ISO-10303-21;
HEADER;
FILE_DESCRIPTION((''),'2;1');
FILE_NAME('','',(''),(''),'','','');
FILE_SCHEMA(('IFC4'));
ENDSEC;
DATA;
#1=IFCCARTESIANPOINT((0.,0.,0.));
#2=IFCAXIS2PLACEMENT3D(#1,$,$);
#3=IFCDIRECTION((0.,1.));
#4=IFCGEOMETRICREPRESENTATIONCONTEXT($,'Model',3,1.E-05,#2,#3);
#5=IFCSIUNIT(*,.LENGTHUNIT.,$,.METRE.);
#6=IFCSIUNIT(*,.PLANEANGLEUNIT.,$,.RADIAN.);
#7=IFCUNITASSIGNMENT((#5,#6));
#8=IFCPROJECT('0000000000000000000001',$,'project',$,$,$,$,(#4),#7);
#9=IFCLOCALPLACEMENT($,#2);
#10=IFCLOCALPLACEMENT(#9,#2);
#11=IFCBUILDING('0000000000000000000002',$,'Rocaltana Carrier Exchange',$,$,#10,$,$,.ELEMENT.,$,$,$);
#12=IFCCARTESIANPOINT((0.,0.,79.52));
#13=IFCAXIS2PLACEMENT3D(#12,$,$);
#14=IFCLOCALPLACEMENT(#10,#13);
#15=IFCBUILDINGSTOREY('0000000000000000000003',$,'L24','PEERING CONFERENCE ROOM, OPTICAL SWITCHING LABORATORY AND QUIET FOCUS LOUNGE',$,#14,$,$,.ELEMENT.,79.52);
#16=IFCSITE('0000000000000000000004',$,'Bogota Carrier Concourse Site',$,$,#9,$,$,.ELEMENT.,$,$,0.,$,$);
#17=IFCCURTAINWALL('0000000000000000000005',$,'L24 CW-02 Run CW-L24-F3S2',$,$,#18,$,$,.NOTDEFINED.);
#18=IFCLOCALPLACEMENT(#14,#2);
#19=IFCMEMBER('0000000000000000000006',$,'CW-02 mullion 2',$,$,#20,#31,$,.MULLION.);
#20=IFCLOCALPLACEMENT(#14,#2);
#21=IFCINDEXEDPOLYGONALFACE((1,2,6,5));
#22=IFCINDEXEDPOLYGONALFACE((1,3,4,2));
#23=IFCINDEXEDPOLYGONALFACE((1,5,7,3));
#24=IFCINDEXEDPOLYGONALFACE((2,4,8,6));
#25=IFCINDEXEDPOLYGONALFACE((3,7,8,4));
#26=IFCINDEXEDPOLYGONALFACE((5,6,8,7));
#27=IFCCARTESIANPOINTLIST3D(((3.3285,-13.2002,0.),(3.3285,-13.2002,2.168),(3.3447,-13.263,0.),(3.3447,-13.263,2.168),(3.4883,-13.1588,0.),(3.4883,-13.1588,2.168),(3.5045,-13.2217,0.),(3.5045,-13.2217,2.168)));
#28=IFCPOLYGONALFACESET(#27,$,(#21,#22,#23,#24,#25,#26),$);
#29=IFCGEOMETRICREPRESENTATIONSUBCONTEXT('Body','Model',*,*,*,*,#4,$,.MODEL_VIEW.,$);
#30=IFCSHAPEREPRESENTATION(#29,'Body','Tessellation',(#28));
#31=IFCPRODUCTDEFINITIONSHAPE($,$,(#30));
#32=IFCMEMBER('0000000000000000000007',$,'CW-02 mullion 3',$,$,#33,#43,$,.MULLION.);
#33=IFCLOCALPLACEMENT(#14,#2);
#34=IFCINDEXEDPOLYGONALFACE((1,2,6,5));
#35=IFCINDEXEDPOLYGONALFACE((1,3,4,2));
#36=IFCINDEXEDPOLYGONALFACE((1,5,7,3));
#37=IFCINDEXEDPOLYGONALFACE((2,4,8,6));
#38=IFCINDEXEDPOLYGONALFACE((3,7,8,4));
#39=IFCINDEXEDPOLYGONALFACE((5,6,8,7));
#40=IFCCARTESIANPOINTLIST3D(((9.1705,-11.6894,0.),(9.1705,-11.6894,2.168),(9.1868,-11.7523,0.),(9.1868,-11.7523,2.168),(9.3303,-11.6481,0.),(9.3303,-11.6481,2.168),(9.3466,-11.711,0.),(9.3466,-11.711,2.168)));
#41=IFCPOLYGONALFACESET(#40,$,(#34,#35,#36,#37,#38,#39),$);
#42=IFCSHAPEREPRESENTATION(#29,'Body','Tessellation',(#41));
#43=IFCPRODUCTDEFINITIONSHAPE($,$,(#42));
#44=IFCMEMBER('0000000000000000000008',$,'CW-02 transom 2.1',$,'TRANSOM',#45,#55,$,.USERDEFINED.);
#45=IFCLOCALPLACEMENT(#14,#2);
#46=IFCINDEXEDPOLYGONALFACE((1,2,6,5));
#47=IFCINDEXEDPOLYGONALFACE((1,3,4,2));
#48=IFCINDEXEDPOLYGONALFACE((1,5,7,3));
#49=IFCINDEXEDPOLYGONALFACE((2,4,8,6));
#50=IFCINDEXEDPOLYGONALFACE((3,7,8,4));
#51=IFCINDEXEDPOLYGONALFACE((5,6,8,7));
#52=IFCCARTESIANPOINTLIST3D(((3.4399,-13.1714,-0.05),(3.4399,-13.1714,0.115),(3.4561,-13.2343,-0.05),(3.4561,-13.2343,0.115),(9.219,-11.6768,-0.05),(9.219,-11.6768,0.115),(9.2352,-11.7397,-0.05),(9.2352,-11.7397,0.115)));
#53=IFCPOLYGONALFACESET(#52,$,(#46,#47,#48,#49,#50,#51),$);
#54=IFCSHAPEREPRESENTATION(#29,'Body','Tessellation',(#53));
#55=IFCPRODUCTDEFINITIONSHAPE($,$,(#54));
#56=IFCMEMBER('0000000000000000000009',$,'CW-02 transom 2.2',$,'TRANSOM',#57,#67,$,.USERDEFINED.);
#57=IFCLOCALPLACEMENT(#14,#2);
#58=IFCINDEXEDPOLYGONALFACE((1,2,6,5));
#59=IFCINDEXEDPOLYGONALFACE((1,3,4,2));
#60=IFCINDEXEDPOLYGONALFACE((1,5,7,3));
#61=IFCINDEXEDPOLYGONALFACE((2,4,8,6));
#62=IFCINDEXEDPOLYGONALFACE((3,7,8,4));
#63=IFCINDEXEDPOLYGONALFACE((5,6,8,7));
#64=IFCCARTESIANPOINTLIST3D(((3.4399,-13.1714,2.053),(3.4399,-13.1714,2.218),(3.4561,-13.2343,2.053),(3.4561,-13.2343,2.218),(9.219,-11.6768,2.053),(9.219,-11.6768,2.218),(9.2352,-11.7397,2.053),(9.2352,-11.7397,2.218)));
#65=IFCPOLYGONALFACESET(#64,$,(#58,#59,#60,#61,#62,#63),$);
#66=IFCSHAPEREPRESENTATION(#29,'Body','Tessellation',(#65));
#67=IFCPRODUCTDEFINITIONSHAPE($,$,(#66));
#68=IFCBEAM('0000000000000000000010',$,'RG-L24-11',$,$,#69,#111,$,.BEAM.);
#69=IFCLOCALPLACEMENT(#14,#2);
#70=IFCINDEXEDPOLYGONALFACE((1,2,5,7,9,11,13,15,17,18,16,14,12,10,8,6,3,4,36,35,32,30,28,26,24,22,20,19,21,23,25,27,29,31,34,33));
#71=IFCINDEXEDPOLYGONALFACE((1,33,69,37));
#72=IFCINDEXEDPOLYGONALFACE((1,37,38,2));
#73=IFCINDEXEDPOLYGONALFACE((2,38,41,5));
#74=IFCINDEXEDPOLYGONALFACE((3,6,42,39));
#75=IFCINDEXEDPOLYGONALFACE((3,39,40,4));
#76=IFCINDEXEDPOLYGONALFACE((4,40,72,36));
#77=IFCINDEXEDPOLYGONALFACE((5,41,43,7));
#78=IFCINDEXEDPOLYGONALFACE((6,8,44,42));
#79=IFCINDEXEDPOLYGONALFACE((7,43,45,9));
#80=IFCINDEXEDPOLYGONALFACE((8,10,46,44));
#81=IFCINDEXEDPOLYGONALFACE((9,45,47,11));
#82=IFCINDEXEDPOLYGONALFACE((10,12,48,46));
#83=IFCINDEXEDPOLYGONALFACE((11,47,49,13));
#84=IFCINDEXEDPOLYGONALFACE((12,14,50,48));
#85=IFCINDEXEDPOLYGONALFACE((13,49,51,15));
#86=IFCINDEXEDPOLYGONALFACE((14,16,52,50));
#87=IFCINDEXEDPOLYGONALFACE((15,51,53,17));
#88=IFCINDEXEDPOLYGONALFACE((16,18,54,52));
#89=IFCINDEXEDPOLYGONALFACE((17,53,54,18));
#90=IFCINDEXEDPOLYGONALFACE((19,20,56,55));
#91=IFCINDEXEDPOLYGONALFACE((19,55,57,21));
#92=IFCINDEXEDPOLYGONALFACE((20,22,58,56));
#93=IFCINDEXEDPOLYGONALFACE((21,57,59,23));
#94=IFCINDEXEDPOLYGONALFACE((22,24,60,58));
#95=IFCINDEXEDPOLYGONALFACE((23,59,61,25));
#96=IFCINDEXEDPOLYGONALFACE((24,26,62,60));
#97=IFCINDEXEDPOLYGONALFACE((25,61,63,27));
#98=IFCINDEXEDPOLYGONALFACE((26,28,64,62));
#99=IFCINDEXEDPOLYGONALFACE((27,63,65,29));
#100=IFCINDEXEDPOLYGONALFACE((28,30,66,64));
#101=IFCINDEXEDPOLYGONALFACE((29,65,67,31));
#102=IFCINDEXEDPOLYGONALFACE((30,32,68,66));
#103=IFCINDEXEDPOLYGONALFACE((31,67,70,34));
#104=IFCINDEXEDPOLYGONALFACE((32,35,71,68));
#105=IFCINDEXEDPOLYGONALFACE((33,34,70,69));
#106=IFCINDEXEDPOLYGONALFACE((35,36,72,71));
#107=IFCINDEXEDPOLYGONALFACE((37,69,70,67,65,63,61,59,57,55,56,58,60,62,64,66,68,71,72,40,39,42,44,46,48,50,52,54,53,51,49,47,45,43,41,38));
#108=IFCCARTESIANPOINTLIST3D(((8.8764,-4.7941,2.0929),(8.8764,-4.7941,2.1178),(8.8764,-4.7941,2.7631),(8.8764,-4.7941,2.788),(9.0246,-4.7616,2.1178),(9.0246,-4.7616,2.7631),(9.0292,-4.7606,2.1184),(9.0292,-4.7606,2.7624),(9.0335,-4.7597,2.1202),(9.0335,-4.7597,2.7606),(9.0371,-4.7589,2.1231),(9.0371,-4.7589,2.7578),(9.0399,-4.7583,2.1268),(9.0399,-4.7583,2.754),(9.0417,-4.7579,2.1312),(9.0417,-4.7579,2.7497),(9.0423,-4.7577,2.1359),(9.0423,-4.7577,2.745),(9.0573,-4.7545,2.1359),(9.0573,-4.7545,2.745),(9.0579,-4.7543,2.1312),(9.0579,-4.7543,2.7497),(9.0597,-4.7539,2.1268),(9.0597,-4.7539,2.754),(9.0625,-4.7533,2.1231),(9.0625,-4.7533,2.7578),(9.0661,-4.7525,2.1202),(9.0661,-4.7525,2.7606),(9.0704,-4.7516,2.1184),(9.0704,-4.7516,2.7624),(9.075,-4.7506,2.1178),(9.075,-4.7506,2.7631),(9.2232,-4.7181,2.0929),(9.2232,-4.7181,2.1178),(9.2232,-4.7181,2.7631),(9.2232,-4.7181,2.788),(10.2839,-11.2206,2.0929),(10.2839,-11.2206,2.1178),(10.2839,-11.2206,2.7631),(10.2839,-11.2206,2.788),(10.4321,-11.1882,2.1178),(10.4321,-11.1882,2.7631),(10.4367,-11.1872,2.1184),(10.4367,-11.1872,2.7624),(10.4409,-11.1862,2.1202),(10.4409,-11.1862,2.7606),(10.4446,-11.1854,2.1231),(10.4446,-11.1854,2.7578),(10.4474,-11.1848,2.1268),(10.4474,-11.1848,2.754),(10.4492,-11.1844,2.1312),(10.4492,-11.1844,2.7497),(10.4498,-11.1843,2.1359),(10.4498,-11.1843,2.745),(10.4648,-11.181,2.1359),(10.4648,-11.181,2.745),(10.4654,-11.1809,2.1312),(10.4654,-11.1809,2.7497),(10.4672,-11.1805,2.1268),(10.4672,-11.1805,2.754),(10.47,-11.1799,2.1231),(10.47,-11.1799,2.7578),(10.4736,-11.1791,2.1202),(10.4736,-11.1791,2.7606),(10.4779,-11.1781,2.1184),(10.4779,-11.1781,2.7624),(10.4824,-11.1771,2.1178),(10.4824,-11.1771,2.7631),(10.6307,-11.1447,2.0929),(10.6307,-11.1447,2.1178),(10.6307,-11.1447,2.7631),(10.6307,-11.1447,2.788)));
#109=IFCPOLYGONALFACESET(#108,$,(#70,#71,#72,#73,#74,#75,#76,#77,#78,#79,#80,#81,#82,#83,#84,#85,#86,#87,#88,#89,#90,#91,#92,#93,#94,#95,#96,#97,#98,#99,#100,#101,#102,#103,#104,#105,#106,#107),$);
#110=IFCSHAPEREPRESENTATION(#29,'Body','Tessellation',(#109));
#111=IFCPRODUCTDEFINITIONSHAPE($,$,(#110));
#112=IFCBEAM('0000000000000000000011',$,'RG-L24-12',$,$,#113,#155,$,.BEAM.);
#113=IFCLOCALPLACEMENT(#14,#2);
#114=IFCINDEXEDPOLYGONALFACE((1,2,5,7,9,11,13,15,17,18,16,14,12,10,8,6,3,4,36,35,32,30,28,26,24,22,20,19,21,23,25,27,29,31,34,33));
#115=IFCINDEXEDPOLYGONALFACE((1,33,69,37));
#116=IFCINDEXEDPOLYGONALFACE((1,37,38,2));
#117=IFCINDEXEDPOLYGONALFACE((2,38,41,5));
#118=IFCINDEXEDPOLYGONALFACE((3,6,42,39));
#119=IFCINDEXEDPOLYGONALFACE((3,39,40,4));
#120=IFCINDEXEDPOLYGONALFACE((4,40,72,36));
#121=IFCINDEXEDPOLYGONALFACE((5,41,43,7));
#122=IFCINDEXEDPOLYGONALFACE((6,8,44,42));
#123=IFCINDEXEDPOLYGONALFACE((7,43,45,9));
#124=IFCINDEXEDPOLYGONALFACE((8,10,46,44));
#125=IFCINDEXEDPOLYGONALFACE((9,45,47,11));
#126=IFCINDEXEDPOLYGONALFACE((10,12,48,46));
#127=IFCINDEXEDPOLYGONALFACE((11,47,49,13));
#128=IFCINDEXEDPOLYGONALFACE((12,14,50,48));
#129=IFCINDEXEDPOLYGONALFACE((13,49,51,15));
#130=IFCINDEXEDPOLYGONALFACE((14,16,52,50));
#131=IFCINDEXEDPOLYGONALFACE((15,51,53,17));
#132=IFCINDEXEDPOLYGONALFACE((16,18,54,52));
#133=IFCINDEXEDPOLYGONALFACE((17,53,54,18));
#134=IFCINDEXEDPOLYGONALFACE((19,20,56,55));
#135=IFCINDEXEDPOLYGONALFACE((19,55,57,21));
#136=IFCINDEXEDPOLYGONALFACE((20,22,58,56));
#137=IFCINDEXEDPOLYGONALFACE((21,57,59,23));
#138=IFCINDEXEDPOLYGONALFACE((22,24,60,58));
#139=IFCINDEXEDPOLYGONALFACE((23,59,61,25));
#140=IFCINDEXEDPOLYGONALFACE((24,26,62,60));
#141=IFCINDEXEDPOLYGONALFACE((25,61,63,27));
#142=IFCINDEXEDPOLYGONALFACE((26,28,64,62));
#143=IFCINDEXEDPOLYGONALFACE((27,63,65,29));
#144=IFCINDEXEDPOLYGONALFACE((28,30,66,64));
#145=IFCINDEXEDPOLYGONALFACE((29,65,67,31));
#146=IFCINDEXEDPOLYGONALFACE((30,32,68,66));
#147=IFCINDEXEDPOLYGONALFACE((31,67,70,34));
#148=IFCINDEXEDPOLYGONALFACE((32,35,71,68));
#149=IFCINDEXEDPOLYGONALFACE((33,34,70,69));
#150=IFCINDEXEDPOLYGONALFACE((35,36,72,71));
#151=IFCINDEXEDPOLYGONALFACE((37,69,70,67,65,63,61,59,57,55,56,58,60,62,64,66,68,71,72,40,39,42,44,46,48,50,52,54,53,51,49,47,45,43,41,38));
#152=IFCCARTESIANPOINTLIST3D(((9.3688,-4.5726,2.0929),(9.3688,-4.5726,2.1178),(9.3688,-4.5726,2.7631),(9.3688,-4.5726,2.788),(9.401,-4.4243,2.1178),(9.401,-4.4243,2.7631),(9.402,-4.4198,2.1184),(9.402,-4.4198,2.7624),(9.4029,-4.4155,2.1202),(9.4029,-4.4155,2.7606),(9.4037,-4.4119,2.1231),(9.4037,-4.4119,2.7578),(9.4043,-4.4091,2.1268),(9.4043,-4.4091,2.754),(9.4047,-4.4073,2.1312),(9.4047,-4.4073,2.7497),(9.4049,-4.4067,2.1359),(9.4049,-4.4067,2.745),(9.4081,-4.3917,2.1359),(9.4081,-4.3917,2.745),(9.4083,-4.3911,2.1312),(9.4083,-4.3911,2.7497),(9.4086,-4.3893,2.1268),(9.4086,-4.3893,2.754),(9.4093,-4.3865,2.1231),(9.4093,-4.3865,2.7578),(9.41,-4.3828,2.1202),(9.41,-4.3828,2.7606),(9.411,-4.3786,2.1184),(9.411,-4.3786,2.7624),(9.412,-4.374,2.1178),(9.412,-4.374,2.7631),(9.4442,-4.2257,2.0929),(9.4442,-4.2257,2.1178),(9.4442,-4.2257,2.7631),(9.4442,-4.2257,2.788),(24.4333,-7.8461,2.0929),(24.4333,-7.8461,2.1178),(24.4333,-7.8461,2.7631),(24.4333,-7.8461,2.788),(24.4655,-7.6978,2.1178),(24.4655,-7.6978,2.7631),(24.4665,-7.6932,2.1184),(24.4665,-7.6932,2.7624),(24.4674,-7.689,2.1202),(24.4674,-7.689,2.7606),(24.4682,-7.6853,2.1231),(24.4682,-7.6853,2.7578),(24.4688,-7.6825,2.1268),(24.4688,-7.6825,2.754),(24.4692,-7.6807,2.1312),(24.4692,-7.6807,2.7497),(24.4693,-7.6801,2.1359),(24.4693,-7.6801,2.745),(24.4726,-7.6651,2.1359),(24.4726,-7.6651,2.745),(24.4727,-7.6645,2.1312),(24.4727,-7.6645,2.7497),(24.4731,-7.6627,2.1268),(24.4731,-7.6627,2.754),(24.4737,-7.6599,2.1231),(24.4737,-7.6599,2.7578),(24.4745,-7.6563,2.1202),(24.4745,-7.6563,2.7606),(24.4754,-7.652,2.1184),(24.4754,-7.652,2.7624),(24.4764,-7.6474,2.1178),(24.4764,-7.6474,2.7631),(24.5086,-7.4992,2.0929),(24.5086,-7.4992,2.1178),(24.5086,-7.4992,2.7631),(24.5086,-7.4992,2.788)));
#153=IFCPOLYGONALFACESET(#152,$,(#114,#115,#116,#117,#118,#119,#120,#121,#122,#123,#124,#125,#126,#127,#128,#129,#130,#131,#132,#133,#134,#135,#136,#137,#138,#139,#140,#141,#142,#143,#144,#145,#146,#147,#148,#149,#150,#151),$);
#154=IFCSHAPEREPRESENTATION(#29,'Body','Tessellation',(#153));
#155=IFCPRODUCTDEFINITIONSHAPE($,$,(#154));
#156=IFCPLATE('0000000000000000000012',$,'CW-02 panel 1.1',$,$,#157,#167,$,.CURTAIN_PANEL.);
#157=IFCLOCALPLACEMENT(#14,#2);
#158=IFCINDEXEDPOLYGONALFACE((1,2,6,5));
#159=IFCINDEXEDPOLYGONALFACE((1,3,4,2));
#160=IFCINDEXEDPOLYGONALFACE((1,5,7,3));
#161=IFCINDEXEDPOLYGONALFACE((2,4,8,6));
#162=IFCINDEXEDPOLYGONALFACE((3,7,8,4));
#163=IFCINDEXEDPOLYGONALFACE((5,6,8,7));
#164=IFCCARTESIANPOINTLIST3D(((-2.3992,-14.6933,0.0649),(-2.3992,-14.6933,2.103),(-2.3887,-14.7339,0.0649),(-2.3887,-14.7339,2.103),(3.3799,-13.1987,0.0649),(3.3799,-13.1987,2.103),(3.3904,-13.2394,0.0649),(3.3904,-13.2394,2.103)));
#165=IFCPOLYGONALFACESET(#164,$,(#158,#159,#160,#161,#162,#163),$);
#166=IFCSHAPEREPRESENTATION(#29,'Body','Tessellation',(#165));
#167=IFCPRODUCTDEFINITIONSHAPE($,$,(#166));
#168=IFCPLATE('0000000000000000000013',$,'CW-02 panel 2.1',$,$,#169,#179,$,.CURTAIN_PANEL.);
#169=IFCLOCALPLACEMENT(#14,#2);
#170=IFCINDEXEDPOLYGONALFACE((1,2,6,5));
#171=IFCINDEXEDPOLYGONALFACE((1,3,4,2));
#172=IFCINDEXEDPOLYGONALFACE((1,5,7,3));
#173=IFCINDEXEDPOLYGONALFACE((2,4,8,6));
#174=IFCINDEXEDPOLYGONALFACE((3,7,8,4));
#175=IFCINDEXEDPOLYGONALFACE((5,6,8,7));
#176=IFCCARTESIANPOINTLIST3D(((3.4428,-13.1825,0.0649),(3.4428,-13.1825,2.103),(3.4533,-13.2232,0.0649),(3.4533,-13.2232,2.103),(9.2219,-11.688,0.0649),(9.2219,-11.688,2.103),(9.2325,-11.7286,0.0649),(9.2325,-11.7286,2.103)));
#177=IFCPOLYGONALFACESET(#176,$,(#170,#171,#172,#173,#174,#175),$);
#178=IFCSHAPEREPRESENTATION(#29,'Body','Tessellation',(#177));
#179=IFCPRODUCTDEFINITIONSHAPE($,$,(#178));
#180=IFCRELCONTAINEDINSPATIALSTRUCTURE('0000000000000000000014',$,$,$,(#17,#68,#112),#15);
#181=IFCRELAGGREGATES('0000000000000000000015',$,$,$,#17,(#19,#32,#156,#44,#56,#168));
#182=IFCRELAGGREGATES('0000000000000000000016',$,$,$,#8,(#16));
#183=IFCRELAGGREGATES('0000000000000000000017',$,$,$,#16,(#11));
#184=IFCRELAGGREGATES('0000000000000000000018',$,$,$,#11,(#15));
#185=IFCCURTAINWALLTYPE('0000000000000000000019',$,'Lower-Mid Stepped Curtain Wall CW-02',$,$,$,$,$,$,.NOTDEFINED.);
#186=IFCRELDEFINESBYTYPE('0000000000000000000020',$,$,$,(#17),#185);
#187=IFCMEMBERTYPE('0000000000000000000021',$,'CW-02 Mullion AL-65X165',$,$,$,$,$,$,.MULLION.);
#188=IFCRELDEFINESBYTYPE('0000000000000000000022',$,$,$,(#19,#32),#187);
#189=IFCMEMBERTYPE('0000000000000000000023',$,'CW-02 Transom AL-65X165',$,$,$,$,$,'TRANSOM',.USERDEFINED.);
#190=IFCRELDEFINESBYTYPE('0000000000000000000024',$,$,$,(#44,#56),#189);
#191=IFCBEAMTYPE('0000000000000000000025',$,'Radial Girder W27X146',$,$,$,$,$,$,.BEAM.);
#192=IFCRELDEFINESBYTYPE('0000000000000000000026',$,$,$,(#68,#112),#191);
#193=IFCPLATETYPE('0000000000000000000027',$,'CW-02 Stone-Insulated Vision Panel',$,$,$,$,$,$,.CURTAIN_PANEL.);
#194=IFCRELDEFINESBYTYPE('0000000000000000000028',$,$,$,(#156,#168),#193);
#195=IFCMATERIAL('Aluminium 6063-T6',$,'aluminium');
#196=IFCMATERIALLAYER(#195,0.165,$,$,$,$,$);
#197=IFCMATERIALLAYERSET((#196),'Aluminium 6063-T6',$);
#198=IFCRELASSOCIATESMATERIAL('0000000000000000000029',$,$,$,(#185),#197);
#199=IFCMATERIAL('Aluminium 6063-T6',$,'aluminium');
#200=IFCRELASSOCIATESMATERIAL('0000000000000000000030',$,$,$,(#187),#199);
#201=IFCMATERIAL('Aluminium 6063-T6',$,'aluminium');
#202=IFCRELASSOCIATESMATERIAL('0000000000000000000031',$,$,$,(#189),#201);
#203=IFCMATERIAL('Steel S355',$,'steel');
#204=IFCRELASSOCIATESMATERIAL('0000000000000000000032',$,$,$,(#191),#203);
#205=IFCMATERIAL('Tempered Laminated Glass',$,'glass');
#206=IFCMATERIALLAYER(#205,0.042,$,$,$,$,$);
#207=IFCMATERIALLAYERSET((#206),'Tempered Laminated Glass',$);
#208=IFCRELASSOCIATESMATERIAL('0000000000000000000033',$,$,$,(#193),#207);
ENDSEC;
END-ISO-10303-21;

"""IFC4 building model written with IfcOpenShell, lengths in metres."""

from ifc_helpers import new_model, si_unit, direction, frame, origin, origin_2d, place, context, subcontext, project, spatial, rectangle, i_section, extrude, material, layer, layer_set, material_profile, profile_set, type_object, element, aggregate, save


model = new_model("IFC4")

# Units and contexts
model_context = context("Model", 3, precision=1e-05, world=origin(), true_north=direction((0.0, 1.0)))
body_context = subcontext(model_context, "Body", "Model", "MODEL_VIEW")
ifc_project = project(units=[si_unit("LENGTHUNIT", "METRE"), si_unit("PLANEANGLEUNIT", "RADIAN")], contexts=[model_context])

# Site, building, storey
site_placement = place(None, origin())
site = spatial("IfcSite", under=ifc_project, at=site_placement, Name="Bogota Carrier Concourse Site", CompositionType="ELEMENT", RefElevation=0.0)
building_placement = place(site_placement, origin())
building = spatial("IfcBuilding", under=site, at=building_placement, Name="Rocaltana Carrier Exchange", CompositionType="ELEMENT")
storey_placement = place(building_placement, frame((0.0, 0.0, 79.52)))
storey = spatial("IfcBuildingStorey", under=building, at=storey_placement, Name="L24", Description="PEERING CONFERENCE ROOM, OPTICAL SWITCHING LABORATORY AND QUIET FOCUS LOUNGE", CompositionType="ELEMENT", Elevation=79.52)

# Curtain wall, members
ifc_material_1 = material(Name="Aluminium 6063-T6", Category="aluminium")
ifc_layer_1 = layer(ifc_material_1, 0.165)
ifc_layer_set_1 = layer_set([ifc_layer_1], Name="Aluminium 6063-T6")
curtain_wall_type = type_object("IfcCurtainWallType", Name="Lower-Mid Stepped Curtain Wall CW-02", PredefinedType="NOTDEFINED", material=ifc_layer_set_1)
curtain_wall_placement = place(storey_placement, origin())
curtain_wall = element("IfcCurtainWall", 1, at=curtain_wall_placement, inside=storey, type_object=curtain_wall_type, Name="L24 CW-02 Run CW-L24-F3S2", PredefinedType="NOTDEFINED")
ifc_material_2 = material(Name="Aluminium 6063-T6", Category="aluminium")
ifc_material_profile_1 = material_profile(ifc_material_2, rectangle(XDim=0.0649, YDim=0.165, at=origin_2d()), Name="AL-65X165")
ifc_profile_set_1 = profile_set([ifc_material_profile_1], Name="Aluminium 6063-T6")
member_type_1 = type_object("IfcMemberType", Name="CW-02 Mullion AL-65X165", PredefinedType="MULLION", material=ifc_profile_set_1)
member_1_placement = place(storey_placement, frame((3.4165, -13.2109, 0.0), z_axis=(0.0, 0.0, 1.0), x_axis=(-0.250378, 0.968148, 0.0)))
member_1 = element("IfcMember", 2, at=member_1_placement, type_object=member_type_1, Name="CW-02 mullion 2", PredefinedType="MULLION", context=body_context, shape_type="SweptSolid", body=[
    extrude(rectangle(XDim=0.0649, YDim=0.165, at=origin_2d()), origin(), (0.0, 0.0, 1.0), 2.168),
])
member_2_placement = place(storey_placement, frame((9.2585, -11.7002, 0.0), z_axis=(0.0, 0.0, 1.0), x_axis=(-0.250378, 0.968148, 0.0)))
member_2 = element("IfcMember", 3, at=member_2_placement, type_object=member_type_1, Name="CW-02 mullion 3", PredefinedType="MULLION", context=body_context, shape_type="SweptSolid", body=[
    extrude(rectangle(XDim=0.0649, YDim=0.165, at=origin_2d()), origin(), (0.0, 0.0, 1.0), 2.168),
])
ifc_material_3 = material(Name="Aluminium 6063-T6", Category="aluminium")
ifc_material_profile_2 = material_profile(ifc_material_3, rectangle(XDim=0.0649, YDim=0.165, at=origin_2d()), Name="AL-65X165")
ifc_profile_set_2 = profile_set([ifc_material_profile_2], Name="Aluminium 6063-T6")
member_type_2 = type_object("IfcMemberType", Name="CW-02 Transom AL-65X165", ElementType="TRANSOM", PredefinedType="USERDEFINED", material=ifc_profile_set_2)
member_3_placement = place(storey_placement, frame((3.448, -13.2029, 0.0325), z_axis=(0.968145, 0.25039, 0.0), x_axis=(-0.25039, 0.968145, 0.0)))
member_3 = element("IfcMember", 4, at=member_3_placement, type_object=member_type_2, Name="CW-02 transom 2.1", ObjectType="TRANSOM", PredefinedType="USERDEFINED", context=body_context, shape_type="SweptSolid", body=[
    extrude(rectangle(XDim=0.0649, YDim=0.165, at=origin_2d()), origin(), (0.0, 0.0, 1.0), 5.9692),
])
member_4_placement = place(storey_placement, frame((3.448, -13.2029, 2.1355), z_axis=(0.968145, 0.25039, 0.0), x_axis=(-0.25039, 0.968145, 0.0)))
member_4 = element("IfcMember", 5, at=member_4_placement, type_object=member_type_2, Name="CW-02 transom 2.2", ObjectType="TRANSOM", PredefinedType="USERDEFINED", context=body_context, shape_type="SweptSolid", body=[
    extrude(rectangle(XDim=0.0649, YDim=0.165, at=origin_2d()), origin(), (0.0, 0.0, 1.0), 5.9692),
])

# Beams
ifc_material_4 = material(Name="Steel S355", Category="steel")
ifc_material_profile_3 = material_profile(ifc_material_4, i_section(OverallWidth=0.355, OverallDepth=0.6951, WebThickness=0.0154, FlangeThickness=0.0249, FilletRadius=0.0181, at=origin_2d()), Name="W27X146")
ifc_profile_set_3 = profile_set([ifc_material_profile_3], Name="Steel S355")
beam_type = type_object("IfcBeamType", Name="Radial Girder W27X146", PredefinedType="BEAM", material=ifc_profile_set_3)
beam_1_placement = place(storey_placement, frame((9.0498, -4.7561, 2.4404), z_axis=(0.213939, -0.976847, 0.0), x_axis=(0.976847, 0.213939, 0.0)))
element("IfcBeam", 6, at=beam_1_placement, inside=storey, type_object=beam_type, Name="RG-L24-11", PredefinedType="BEAM", context=body_context, shape_type="SweptSolid", body=[
    extrude(i_section(OverallWidth=0.355, OverallDepth=0.6951, WebThickness=0.0154, FlangeThickness=0.0249, FilletRadius=0.0181, at=origin_2d()), origin(), (0.0, 0.0, 1.0), 6.5789),
])
beam_2_placement = place(storey_placement, frame((9.4065, -4.3992, 2.4404), z_axis=(0.977196, -0.21234, 0.0), x_axis=(0.21234, 0.977196, 0.0)))
element("IfcBeam", 7, at=beam_2_placement, inside=storey, type_object=beam_type, Name="RG-L24-12", PredefinedType="BEAM", context=body_context, shape_type="SweptSolid", body=[
    extrude(i_section(OverallWidth=0.355, OverallDepth=0.6951, WebThickness=0.0154, FlangeThickness=0.0249, FilletRadius=0.0181, at=origin_2d()), origin(), (0.0, 0.0, 1.0), 15.416),
])

# Plates
ifc_material_5 = material(Name="Tempered Laminated Glass", Category="glass")
ifc_layer_2 = layer(ifc_material_5, 0.042)
ifc_layer_set_2 = layer_set([ifc_layer_2], Name="Tempered Laminated Glass")
plate_type = type_object("IfcPlateType", Name="CW-02 Stone-Insulated Vision Panel", PredefinedType="CURTAIN_PANEL", material=ifc_layer_set_2)
plate_1_placement = place(storey_placement, frame((0.4956, -13.9663, 0.0649), z_axis=(0.0, 0.0, 1.0), x_axis=(0.968148, 0.250378, 0.0)))
plate_1 = element("IfcPlate", 8, at=plate_1_placement, type_object=plate_type, Name="CW-02 panel 1.1", PredefinedType="CURTAIN_PANEL", context=body_context, shape_type="SweptSolid", body=[
    extrude(rectangle(XDim=5.9692, YDim=0.042, at=origin_2d()), origin(), (0.0, 0.0, 1.0), 2.0381),
])
plate_2_placement = place(storey_placement, frame((6.3376, -12.4556, 0.0649), z_axis=(0.0, 0.0, 1.0), x_axis=(0.968148, 0.250378, 0.0)))
plate_2 = element("IfcPlate", 9, at=plate_2_placement, type_object=plate_type, Name="CW-02 panel 2.1", PredefinedType="CURTAIN_PANEL", context=body_context, shape_type="SweptSolid", body=[
    extrude(rectangle(XDim=5.9692, YDim=0.042, at=origin_2d()), origin(), (0.0, 0.0, 1.0), 2.0381),
])
aggregate(curtain_wall, [member_1, member_2, plate_1, member_3, member_4, plate_2])

save(model, "model.ifc")
